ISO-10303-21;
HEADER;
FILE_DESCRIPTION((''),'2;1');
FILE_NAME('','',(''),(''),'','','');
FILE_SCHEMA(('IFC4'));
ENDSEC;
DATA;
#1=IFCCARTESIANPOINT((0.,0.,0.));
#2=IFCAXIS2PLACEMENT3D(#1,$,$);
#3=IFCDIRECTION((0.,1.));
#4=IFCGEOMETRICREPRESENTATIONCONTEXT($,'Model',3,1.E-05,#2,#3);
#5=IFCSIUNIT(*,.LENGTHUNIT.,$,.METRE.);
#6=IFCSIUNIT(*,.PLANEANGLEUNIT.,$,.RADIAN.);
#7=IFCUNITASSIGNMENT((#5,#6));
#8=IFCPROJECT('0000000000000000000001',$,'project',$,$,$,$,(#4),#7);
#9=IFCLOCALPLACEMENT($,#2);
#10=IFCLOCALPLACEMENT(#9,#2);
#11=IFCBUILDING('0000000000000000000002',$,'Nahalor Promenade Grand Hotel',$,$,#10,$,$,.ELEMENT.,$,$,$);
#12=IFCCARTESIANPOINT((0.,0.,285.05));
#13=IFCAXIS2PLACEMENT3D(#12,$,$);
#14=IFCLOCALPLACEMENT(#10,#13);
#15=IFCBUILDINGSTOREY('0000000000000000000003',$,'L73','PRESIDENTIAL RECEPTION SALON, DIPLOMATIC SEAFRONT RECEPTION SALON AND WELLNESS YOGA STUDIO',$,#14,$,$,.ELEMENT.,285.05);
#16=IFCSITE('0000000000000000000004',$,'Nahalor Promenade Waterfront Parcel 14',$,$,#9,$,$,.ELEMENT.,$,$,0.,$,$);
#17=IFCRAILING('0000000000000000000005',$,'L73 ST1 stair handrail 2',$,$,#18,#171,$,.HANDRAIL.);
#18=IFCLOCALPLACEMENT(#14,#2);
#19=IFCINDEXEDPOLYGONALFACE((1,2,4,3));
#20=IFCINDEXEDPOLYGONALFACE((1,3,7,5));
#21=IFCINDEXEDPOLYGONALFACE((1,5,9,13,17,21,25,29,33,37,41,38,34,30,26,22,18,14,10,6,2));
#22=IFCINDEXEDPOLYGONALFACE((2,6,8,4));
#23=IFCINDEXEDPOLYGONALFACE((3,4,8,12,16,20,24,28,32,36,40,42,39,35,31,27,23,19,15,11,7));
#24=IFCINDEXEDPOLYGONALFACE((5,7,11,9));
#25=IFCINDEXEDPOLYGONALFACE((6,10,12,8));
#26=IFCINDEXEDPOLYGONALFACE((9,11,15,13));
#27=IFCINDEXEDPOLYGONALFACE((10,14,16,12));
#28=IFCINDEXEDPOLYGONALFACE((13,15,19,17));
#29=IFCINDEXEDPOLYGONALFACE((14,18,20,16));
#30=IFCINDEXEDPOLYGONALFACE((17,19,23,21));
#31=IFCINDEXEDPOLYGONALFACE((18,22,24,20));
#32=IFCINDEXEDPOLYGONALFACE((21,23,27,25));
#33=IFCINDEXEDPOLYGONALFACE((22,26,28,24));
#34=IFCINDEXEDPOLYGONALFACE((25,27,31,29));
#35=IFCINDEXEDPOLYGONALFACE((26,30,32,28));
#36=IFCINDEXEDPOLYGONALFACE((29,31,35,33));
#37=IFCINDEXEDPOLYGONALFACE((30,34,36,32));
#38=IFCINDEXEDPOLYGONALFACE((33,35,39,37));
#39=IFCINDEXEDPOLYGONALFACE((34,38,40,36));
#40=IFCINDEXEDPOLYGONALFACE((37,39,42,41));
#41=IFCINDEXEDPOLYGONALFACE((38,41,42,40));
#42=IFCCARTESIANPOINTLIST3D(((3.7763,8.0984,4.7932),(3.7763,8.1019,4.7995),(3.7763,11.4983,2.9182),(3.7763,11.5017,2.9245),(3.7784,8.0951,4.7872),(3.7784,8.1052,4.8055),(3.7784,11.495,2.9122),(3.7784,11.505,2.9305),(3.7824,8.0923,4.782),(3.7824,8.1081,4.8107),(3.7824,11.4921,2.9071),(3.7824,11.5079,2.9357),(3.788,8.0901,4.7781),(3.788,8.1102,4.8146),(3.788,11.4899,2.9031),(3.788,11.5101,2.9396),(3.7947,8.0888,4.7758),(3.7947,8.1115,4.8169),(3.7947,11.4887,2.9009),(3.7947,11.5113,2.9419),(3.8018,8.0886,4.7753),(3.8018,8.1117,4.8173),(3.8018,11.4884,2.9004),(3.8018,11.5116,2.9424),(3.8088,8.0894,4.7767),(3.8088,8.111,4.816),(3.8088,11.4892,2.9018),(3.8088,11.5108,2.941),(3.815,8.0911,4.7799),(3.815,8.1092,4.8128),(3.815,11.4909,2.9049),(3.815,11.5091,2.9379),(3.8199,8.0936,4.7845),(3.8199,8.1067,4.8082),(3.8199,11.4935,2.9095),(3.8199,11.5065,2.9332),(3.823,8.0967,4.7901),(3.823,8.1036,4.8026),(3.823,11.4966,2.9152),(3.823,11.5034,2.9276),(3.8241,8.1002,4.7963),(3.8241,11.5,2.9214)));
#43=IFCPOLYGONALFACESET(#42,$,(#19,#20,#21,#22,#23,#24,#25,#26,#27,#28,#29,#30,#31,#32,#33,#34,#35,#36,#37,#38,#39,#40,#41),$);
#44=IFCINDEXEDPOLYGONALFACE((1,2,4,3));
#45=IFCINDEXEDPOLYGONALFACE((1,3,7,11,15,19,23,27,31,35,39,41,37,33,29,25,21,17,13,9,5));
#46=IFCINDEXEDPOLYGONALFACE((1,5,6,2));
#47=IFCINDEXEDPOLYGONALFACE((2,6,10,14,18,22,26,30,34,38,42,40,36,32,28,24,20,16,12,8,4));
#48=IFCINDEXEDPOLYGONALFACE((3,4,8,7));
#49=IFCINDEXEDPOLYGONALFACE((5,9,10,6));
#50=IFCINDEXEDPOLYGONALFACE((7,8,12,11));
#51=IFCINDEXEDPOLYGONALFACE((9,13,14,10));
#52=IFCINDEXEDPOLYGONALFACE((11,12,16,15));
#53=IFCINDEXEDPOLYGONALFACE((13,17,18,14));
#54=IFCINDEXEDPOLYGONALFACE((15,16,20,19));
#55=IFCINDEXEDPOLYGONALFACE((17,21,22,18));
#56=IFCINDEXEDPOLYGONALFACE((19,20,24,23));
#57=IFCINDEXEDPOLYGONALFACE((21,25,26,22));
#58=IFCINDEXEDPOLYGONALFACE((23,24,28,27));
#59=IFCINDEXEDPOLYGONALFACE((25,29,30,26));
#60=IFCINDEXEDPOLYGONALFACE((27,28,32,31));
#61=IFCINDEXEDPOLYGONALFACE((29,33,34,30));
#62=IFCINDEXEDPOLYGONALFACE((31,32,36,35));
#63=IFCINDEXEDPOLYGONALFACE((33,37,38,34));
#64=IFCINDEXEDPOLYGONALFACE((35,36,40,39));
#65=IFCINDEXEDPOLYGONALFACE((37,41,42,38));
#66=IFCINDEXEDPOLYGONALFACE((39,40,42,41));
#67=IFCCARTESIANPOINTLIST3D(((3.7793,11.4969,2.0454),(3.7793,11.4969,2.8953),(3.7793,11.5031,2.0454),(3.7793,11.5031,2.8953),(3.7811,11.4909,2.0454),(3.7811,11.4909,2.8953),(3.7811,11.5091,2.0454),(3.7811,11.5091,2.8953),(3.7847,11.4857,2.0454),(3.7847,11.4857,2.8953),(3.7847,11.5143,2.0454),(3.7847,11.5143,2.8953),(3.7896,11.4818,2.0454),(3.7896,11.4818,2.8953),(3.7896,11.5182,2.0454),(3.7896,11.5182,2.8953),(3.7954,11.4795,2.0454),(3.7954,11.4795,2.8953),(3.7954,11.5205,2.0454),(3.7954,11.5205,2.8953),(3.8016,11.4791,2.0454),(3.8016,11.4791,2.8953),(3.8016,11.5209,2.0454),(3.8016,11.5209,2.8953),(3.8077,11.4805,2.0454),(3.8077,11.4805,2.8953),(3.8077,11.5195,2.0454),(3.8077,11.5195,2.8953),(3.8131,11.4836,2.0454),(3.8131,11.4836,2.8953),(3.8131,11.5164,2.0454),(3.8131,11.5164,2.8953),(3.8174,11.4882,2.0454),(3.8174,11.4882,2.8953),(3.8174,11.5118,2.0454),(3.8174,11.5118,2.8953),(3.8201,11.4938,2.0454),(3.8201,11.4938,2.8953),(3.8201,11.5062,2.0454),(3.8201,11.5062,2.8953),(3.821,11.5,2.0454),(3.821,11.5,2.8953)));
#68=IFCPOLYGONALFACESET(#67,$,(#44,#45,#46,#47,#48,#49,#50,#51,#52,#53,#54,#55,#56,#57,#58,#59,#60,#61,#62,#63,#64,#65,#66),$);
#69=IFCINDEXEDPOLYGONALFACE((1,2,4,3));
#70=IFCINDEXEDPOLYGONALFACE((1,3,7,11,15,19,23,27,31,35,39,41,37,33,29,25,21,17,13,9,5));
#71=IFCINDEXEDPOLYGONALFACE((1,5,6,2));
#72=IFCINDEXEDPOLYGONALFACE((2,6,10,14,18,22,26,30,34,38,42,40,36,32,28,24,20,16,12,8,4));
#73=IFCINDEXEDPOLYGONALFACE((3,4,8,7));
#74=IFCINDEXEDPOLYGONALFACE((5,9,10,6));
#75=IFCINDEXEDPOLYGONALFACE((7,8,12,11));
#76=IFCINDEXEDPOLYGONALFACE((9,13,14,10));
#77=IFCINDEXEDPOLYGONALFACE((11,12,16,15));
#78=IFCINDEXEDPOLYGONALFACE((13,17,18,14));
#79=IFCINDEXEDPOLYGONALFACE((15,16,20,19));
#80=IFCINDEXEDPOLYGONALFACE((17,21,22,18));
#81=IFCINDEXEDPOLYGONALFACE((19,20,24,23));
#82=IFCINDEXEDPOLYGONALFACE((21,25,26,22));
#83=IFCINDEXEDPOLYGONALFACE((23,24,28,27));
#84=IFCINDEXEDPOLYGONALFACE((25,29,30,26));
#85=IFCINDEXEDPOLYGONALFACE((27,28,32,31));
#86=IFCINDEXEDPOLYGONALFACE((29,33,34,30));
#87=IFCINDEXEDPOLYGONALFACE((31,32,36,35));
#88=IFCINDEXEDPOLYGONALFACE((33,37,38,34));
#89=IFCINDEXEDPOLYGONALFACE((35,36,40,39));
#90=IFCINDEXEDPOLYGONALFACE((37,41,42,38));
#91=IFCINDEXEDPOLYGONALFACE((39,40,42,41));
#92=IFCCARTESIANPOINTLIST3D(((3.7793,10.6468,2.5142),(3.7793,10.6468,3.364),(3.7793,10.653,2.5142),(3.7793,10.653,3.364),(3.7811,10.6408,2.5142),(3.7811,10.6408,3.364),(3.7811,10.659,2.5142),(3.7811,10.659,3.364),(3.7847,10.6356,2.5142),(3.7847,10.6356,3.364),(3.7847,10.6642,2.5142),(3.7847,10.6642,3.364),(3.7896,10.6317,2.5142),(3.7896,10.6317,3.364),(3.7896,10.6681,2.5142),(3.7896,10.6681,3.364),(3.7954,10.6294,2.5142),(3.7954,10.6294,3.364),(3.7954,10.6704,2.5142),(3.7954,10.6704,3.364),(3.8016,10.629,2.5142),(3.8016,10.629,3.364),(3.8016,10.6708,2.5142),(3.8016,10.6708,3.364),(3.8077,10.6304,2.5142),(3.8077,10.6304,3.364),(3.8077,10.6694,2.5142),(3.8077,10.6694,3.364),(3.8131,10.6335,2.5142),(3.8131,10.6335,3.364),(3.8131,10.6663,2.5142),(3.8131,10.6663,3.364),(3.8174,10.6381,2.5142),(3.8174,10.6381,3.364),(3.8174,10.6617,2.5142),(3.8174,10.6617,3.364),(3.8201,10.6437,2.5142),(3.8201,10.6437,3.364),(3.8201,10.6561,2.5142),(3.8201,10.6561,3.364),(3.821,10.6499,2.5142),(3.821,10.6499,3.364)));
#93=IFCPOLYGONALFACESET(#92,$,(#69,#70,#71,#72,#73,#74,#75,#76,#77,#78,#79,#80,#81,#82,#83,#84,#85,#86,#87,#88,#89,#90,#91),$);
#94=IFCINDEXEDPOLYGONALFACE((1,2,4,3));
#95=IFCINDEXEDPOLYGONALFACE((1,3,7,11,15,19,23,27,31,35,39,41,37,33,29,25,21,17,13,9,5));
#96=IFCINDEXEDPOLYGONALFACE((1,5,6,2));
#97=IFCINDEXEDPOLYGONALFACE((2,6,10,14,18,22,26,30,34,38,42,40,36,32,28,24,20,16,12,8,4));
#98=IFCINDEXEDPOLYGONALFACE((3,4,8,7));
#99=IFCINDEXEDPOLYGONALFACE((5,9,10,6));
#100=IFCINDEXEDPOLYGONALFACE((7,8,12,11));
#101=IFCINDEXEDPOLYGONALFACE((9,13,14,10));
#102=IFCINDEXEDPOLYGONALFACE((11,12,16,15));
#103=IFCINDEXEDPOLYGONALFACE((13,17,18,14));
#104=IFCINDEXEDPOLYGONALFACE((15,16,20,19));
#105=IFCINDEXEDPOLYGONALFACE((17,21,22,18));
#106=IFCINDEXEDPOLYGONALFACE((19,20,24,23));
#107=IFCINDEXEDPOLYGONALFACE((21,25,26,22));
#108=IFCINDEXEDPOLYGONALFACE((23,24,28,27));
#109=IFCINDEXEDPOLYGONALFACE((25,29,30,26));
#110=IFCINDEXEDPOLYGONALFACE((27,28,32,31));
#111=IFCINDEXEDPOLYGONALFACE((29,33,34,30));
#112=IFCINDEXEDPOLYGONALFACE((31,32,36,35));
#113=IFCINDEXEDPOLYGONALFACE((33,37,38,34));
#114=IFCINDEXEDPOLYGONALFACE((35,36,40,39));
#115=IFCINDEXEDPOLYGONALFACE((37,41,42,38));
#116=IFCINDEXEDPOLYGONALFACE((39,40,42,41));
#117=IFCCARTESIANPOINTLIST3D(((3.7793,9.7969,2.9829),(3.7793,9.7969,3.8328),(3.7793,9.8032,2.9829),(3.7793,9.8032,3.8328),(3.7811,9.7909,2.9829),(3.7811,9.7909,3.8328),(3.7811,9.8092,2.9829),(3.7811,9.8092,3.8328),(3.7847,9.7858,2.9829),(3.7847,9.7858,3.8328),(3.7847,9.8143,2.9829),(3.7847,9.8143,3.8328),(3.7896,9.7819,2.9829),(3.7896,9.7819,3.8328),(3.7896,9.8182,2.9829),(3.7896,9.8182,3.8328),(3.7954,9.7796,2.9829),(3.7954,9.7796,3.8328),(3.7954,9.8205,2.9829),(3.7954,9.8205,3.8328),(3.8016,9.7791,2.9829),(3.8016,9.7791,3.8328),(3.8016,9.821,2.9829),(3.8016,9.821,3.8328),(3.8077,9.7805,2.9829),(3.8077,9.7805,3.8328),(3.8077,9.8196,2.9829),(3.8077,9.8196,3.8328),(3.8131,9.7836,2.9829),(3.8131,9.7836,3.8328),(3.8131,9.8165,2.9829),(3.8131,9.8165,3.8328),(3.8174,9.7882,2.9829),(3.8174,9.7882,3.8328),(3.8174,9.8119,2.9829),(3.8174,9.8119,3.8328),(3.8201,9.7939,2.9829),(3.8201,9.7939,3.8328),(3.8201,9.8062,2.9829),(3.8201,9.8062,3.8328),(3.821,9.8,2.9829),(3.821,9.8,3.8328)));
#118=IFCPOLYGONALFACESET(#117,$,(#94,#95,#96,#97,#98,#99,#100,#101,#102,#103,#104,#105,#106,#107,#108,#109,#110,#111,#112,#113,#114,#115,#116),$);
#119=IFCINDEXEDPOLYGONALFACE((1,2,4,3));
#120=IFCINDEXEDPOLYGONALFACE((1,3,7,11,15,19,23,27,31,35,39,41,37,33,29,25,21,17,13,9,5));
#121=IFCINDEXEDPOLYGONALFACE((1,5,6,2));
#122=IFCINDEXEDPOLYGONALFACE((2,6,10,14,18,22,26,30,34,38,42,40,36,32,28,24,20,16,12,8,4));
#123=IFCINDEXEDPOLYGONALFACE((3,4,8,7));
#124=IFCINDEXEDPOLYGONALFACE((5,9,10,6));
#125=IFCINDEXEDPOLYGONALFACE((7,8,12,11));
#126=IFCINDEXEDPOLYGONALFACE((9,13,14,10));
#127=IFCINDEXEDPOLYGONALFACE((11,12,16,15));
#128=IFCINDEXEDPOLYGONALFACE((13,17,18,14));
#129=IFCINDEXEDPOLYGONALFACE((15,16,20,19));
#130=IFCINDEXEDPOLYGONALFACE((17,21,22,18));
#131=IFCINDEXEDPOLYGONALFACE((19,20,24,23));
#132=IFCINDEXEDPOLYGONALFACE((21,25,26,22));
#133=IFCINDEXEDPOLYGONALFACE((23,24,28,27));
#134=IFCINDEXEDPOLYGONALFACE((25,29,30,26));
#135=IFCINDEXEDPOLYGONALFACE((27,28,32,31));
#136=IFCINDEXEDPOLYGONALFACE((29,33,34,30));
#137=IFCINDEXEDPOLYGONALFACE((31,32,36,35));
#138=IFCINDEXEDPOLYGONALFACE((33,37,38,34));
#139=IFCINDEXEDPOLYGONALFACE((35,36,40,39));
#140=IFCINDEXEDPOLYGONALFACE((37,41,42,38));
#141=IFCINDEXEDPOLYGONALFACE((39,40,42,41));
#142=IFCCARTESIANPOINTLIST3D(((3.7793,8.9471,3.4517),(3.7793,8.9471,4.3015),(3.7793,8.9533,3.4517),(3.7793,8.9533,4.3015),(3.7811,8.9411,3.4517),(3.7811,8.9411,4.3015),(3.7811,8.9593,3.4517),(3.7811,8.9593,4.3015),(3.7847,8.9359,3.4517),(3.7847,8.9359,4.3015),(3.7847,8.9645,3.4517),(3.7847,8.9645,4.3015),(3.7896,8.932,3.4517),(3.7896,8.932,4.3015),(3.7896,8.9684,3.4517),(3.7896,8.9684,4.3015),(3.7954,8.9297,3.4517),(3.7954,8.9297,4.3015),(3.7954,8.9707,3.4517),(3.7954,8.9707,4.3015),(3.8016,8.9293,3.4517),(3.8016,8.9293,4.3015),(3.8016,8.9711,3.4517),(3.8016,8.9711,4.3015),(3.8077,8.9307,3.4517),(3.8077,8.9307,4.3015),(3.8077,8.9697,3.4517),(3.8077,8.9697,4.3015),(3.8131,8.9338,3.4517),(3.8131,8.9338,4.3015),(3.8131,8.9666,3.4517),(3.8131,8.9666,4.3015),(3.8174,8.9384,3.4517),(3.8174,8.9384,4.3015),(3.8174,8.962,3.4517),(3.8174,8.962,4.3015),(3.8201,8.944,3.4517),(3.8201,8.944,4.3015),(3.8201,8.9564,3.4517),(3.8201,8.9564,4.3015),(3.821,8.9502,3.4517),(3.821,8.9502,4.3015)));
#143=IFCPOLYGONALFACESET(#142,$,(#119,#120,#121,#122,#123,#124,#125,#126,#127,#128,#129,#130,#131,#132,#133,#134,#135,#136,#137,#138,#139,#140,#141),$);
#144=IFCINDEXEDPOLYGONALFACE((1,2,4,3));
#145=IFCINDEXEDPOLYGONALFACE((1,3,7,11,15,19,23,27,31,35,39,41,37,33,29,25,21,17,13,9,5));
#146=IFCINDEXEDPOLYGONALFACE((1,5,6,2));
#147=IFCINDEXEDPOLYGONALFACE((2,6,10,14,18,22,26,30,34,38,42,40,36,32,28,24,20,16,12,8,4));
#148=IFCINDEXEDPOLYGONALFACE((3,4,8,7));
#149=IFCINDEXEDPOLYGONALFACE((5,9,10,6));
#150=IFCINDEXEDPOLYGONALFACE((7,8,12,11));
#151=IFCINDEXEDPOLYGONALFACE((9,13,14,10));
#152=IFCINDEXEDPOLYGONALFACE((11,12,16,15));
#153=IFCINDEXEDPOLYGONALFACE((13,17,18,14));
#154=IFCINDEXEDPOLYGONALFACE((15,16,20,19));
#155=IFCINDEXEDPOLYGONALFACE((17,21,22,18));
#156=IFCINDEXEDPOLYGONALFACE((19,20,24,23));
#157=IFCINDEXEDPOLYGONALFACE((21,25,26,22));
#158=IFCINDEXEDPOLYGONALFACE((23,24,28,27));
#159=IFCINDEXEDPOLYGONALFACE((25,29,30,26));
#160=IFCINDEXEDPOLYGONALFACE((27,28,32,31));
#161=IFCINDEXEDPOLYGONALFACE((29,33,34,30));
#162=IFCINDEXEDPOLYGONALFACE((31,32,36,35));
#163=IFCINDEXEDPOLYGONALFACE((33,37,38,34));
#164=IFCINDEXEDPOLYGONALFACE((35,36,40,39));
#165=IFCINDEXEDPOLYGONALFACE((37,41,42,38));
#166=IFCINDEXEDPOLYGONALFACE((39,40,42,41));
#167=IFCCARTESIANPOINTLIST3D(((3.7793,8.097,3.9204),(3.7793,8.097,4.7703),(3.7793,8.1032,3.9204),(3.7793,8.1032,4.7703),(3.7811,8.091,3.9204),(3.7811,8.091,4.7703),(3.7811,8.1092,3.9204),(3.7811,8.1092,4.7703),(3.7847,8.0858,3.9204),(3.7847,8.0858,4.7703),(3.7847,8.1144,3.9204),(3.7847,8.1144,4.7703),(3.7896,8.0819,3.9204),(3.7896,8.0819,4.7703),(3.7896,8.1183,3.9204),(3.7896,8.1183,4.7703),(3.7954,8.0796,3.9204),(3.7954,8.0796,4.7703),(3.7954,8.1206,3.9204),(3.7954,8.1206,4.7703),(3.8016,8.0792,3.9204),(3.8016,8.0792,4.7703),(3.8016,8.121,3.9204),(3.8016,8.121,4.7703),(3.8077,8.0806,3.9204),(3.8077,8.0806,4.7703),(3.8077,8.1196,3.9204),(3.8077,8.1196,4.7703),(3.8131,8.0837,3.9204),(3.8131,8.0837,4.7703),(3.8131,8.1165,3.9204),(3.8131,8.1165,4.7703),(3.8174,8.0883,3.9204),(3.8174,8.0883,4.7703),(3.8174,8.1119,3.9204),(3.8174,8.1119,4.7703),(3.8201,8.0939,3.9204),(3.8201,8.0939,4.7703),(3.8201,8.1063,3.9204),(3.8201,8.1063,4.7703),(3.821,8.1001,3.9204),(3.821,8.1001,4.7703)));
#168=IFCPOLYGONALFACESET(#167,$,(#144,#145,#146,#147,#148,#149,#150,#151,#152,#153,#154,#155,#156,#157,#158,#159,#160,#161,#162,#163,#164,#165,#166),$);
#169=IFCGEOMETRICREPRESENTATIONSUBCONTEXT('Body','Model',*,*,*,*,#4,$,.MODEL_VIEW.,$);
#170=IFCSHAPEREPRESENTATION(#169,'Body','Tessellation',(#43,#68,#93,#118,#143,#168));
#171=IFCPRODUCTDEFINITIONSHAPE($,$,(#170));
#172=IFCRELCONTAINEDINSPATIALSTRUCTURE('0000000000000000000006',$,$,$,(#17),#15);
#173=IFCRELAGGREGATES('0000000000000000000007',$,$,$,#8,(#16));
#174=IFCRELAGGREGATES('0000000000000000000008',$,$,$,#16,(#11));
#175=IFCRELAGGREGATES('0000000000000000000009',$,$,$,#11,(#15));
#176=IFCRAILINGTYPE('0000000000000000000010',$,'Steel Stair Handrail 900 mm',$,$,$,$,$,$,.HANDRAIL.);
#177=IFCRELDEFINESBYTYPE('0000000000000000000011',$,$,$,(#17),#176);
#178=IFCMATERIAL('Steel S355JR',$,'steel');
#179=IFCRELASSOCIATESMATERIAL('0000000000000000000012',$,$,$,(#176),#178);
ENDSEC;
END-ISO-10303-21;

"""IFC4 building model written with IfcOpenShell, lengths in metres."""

from ifc_helpers import new_model, si_unit, direction, frame, origin, origin_2d, place, context, subcontext, project, spatial, circle, extrude, material, type_object, element, save


model = new_model("IFC4")

# Units and contexts
model_context = context("Model", 3, precision=1e-05, world=origin(), true_north=direction((0.0, 1.0)))
body_context = subcontext(model_context, "Body", "Model", "MODEL_VIEW")
ifc_project = project(units=[si_unit("LENGTHUNIT", "METRE"), si_unit("PLANEANGLEUNIT", "RADIAN")], contexts=[model_context])

# Site, building, storey
site_placement = place(None, origin())
site = spatial("IfcSite", under=ifc_project, at=site_placement, Name="Nahalor Promenade Waterfront Parcel 14", CompositionType="ELEMENT", RefElevation=0.0)
building_placement = place(site_placement, origin())
building = spatial("IfcBuilding", under=site, at=building_placement, Name="Nahalor Promenade Grand Hotel", CompositionType="ELEMENT")
storey_placement = place(building_placement, frame((0.0, 0.0, 285.05)))
storey = spatial("IfcBuildingStorey", under=building, at=storey_placement, Name="L73", Description="PRESIDENTIAL RECEPTION SALON, DIPLOMATIC SEAFRONT RECEPTION SALON AND WELLNESS YOGA STUDIO", CompositionType="ELEMENT", Elevation=285.05)

# Shared definitions
ifc_material_1 = material(Name="Steel S355JR", Category="steel")

# Railing
railing_type = type_object("IfcRailingType", Name="Steel Stair Handrail 900 mm", PredefinedType="HANDRAIL", material=ifc_material_1)
railing_placement = place(storey_placement, frame((3.8, 11.5, 2.0454)))
element("IfcRailing", 1, at=railing_placement, inside=storey, type_object=railing_type, Name="L73 ST1 stair handrail 2", PredefinedType="HANDRAIL", context=body_context, shape_type="SweptSolid", body=[
    extrude(circle(Radius=0.024, at=origin_2d()), frame((0.0, 0.0, 0.876), z_axis=(0.0, -0.875666, 0.482918), x_axis=(1.0, 0.0, 0.0)), (0.0, 0.0, 1.0), 3.8826),
    extrude(circle(Radius=0.021, at=origin_2d()), origin(), (0.0, 0.0, 1.0), 0.8499),
    extrude(circle(Radius=0.021, at=origin_2d()), frame((0.0, -0.8501, 0.4688)), (0.0, 0.0, 1.0), 0.8499),
    extrude(circle(Radius=0.021, at=origin_2d()), frame((0.0, -1.7, 0.9375)), (0.0, 0.0, 1.0), 0.8499),
    extrude(circle(Radius=0.021, at=origin_2d()), frame((0.0, -2.5498, 1.4062)), (0.0, 0.0, 1.0), 0.8499),
    extrude(circle(Radius=0.021, at=origin_2d()), frame((0.0, -3.3999, 1.875)), (0.0, 0.0, 1.0), 0.8499),
])

save(model, "model.ifc")
